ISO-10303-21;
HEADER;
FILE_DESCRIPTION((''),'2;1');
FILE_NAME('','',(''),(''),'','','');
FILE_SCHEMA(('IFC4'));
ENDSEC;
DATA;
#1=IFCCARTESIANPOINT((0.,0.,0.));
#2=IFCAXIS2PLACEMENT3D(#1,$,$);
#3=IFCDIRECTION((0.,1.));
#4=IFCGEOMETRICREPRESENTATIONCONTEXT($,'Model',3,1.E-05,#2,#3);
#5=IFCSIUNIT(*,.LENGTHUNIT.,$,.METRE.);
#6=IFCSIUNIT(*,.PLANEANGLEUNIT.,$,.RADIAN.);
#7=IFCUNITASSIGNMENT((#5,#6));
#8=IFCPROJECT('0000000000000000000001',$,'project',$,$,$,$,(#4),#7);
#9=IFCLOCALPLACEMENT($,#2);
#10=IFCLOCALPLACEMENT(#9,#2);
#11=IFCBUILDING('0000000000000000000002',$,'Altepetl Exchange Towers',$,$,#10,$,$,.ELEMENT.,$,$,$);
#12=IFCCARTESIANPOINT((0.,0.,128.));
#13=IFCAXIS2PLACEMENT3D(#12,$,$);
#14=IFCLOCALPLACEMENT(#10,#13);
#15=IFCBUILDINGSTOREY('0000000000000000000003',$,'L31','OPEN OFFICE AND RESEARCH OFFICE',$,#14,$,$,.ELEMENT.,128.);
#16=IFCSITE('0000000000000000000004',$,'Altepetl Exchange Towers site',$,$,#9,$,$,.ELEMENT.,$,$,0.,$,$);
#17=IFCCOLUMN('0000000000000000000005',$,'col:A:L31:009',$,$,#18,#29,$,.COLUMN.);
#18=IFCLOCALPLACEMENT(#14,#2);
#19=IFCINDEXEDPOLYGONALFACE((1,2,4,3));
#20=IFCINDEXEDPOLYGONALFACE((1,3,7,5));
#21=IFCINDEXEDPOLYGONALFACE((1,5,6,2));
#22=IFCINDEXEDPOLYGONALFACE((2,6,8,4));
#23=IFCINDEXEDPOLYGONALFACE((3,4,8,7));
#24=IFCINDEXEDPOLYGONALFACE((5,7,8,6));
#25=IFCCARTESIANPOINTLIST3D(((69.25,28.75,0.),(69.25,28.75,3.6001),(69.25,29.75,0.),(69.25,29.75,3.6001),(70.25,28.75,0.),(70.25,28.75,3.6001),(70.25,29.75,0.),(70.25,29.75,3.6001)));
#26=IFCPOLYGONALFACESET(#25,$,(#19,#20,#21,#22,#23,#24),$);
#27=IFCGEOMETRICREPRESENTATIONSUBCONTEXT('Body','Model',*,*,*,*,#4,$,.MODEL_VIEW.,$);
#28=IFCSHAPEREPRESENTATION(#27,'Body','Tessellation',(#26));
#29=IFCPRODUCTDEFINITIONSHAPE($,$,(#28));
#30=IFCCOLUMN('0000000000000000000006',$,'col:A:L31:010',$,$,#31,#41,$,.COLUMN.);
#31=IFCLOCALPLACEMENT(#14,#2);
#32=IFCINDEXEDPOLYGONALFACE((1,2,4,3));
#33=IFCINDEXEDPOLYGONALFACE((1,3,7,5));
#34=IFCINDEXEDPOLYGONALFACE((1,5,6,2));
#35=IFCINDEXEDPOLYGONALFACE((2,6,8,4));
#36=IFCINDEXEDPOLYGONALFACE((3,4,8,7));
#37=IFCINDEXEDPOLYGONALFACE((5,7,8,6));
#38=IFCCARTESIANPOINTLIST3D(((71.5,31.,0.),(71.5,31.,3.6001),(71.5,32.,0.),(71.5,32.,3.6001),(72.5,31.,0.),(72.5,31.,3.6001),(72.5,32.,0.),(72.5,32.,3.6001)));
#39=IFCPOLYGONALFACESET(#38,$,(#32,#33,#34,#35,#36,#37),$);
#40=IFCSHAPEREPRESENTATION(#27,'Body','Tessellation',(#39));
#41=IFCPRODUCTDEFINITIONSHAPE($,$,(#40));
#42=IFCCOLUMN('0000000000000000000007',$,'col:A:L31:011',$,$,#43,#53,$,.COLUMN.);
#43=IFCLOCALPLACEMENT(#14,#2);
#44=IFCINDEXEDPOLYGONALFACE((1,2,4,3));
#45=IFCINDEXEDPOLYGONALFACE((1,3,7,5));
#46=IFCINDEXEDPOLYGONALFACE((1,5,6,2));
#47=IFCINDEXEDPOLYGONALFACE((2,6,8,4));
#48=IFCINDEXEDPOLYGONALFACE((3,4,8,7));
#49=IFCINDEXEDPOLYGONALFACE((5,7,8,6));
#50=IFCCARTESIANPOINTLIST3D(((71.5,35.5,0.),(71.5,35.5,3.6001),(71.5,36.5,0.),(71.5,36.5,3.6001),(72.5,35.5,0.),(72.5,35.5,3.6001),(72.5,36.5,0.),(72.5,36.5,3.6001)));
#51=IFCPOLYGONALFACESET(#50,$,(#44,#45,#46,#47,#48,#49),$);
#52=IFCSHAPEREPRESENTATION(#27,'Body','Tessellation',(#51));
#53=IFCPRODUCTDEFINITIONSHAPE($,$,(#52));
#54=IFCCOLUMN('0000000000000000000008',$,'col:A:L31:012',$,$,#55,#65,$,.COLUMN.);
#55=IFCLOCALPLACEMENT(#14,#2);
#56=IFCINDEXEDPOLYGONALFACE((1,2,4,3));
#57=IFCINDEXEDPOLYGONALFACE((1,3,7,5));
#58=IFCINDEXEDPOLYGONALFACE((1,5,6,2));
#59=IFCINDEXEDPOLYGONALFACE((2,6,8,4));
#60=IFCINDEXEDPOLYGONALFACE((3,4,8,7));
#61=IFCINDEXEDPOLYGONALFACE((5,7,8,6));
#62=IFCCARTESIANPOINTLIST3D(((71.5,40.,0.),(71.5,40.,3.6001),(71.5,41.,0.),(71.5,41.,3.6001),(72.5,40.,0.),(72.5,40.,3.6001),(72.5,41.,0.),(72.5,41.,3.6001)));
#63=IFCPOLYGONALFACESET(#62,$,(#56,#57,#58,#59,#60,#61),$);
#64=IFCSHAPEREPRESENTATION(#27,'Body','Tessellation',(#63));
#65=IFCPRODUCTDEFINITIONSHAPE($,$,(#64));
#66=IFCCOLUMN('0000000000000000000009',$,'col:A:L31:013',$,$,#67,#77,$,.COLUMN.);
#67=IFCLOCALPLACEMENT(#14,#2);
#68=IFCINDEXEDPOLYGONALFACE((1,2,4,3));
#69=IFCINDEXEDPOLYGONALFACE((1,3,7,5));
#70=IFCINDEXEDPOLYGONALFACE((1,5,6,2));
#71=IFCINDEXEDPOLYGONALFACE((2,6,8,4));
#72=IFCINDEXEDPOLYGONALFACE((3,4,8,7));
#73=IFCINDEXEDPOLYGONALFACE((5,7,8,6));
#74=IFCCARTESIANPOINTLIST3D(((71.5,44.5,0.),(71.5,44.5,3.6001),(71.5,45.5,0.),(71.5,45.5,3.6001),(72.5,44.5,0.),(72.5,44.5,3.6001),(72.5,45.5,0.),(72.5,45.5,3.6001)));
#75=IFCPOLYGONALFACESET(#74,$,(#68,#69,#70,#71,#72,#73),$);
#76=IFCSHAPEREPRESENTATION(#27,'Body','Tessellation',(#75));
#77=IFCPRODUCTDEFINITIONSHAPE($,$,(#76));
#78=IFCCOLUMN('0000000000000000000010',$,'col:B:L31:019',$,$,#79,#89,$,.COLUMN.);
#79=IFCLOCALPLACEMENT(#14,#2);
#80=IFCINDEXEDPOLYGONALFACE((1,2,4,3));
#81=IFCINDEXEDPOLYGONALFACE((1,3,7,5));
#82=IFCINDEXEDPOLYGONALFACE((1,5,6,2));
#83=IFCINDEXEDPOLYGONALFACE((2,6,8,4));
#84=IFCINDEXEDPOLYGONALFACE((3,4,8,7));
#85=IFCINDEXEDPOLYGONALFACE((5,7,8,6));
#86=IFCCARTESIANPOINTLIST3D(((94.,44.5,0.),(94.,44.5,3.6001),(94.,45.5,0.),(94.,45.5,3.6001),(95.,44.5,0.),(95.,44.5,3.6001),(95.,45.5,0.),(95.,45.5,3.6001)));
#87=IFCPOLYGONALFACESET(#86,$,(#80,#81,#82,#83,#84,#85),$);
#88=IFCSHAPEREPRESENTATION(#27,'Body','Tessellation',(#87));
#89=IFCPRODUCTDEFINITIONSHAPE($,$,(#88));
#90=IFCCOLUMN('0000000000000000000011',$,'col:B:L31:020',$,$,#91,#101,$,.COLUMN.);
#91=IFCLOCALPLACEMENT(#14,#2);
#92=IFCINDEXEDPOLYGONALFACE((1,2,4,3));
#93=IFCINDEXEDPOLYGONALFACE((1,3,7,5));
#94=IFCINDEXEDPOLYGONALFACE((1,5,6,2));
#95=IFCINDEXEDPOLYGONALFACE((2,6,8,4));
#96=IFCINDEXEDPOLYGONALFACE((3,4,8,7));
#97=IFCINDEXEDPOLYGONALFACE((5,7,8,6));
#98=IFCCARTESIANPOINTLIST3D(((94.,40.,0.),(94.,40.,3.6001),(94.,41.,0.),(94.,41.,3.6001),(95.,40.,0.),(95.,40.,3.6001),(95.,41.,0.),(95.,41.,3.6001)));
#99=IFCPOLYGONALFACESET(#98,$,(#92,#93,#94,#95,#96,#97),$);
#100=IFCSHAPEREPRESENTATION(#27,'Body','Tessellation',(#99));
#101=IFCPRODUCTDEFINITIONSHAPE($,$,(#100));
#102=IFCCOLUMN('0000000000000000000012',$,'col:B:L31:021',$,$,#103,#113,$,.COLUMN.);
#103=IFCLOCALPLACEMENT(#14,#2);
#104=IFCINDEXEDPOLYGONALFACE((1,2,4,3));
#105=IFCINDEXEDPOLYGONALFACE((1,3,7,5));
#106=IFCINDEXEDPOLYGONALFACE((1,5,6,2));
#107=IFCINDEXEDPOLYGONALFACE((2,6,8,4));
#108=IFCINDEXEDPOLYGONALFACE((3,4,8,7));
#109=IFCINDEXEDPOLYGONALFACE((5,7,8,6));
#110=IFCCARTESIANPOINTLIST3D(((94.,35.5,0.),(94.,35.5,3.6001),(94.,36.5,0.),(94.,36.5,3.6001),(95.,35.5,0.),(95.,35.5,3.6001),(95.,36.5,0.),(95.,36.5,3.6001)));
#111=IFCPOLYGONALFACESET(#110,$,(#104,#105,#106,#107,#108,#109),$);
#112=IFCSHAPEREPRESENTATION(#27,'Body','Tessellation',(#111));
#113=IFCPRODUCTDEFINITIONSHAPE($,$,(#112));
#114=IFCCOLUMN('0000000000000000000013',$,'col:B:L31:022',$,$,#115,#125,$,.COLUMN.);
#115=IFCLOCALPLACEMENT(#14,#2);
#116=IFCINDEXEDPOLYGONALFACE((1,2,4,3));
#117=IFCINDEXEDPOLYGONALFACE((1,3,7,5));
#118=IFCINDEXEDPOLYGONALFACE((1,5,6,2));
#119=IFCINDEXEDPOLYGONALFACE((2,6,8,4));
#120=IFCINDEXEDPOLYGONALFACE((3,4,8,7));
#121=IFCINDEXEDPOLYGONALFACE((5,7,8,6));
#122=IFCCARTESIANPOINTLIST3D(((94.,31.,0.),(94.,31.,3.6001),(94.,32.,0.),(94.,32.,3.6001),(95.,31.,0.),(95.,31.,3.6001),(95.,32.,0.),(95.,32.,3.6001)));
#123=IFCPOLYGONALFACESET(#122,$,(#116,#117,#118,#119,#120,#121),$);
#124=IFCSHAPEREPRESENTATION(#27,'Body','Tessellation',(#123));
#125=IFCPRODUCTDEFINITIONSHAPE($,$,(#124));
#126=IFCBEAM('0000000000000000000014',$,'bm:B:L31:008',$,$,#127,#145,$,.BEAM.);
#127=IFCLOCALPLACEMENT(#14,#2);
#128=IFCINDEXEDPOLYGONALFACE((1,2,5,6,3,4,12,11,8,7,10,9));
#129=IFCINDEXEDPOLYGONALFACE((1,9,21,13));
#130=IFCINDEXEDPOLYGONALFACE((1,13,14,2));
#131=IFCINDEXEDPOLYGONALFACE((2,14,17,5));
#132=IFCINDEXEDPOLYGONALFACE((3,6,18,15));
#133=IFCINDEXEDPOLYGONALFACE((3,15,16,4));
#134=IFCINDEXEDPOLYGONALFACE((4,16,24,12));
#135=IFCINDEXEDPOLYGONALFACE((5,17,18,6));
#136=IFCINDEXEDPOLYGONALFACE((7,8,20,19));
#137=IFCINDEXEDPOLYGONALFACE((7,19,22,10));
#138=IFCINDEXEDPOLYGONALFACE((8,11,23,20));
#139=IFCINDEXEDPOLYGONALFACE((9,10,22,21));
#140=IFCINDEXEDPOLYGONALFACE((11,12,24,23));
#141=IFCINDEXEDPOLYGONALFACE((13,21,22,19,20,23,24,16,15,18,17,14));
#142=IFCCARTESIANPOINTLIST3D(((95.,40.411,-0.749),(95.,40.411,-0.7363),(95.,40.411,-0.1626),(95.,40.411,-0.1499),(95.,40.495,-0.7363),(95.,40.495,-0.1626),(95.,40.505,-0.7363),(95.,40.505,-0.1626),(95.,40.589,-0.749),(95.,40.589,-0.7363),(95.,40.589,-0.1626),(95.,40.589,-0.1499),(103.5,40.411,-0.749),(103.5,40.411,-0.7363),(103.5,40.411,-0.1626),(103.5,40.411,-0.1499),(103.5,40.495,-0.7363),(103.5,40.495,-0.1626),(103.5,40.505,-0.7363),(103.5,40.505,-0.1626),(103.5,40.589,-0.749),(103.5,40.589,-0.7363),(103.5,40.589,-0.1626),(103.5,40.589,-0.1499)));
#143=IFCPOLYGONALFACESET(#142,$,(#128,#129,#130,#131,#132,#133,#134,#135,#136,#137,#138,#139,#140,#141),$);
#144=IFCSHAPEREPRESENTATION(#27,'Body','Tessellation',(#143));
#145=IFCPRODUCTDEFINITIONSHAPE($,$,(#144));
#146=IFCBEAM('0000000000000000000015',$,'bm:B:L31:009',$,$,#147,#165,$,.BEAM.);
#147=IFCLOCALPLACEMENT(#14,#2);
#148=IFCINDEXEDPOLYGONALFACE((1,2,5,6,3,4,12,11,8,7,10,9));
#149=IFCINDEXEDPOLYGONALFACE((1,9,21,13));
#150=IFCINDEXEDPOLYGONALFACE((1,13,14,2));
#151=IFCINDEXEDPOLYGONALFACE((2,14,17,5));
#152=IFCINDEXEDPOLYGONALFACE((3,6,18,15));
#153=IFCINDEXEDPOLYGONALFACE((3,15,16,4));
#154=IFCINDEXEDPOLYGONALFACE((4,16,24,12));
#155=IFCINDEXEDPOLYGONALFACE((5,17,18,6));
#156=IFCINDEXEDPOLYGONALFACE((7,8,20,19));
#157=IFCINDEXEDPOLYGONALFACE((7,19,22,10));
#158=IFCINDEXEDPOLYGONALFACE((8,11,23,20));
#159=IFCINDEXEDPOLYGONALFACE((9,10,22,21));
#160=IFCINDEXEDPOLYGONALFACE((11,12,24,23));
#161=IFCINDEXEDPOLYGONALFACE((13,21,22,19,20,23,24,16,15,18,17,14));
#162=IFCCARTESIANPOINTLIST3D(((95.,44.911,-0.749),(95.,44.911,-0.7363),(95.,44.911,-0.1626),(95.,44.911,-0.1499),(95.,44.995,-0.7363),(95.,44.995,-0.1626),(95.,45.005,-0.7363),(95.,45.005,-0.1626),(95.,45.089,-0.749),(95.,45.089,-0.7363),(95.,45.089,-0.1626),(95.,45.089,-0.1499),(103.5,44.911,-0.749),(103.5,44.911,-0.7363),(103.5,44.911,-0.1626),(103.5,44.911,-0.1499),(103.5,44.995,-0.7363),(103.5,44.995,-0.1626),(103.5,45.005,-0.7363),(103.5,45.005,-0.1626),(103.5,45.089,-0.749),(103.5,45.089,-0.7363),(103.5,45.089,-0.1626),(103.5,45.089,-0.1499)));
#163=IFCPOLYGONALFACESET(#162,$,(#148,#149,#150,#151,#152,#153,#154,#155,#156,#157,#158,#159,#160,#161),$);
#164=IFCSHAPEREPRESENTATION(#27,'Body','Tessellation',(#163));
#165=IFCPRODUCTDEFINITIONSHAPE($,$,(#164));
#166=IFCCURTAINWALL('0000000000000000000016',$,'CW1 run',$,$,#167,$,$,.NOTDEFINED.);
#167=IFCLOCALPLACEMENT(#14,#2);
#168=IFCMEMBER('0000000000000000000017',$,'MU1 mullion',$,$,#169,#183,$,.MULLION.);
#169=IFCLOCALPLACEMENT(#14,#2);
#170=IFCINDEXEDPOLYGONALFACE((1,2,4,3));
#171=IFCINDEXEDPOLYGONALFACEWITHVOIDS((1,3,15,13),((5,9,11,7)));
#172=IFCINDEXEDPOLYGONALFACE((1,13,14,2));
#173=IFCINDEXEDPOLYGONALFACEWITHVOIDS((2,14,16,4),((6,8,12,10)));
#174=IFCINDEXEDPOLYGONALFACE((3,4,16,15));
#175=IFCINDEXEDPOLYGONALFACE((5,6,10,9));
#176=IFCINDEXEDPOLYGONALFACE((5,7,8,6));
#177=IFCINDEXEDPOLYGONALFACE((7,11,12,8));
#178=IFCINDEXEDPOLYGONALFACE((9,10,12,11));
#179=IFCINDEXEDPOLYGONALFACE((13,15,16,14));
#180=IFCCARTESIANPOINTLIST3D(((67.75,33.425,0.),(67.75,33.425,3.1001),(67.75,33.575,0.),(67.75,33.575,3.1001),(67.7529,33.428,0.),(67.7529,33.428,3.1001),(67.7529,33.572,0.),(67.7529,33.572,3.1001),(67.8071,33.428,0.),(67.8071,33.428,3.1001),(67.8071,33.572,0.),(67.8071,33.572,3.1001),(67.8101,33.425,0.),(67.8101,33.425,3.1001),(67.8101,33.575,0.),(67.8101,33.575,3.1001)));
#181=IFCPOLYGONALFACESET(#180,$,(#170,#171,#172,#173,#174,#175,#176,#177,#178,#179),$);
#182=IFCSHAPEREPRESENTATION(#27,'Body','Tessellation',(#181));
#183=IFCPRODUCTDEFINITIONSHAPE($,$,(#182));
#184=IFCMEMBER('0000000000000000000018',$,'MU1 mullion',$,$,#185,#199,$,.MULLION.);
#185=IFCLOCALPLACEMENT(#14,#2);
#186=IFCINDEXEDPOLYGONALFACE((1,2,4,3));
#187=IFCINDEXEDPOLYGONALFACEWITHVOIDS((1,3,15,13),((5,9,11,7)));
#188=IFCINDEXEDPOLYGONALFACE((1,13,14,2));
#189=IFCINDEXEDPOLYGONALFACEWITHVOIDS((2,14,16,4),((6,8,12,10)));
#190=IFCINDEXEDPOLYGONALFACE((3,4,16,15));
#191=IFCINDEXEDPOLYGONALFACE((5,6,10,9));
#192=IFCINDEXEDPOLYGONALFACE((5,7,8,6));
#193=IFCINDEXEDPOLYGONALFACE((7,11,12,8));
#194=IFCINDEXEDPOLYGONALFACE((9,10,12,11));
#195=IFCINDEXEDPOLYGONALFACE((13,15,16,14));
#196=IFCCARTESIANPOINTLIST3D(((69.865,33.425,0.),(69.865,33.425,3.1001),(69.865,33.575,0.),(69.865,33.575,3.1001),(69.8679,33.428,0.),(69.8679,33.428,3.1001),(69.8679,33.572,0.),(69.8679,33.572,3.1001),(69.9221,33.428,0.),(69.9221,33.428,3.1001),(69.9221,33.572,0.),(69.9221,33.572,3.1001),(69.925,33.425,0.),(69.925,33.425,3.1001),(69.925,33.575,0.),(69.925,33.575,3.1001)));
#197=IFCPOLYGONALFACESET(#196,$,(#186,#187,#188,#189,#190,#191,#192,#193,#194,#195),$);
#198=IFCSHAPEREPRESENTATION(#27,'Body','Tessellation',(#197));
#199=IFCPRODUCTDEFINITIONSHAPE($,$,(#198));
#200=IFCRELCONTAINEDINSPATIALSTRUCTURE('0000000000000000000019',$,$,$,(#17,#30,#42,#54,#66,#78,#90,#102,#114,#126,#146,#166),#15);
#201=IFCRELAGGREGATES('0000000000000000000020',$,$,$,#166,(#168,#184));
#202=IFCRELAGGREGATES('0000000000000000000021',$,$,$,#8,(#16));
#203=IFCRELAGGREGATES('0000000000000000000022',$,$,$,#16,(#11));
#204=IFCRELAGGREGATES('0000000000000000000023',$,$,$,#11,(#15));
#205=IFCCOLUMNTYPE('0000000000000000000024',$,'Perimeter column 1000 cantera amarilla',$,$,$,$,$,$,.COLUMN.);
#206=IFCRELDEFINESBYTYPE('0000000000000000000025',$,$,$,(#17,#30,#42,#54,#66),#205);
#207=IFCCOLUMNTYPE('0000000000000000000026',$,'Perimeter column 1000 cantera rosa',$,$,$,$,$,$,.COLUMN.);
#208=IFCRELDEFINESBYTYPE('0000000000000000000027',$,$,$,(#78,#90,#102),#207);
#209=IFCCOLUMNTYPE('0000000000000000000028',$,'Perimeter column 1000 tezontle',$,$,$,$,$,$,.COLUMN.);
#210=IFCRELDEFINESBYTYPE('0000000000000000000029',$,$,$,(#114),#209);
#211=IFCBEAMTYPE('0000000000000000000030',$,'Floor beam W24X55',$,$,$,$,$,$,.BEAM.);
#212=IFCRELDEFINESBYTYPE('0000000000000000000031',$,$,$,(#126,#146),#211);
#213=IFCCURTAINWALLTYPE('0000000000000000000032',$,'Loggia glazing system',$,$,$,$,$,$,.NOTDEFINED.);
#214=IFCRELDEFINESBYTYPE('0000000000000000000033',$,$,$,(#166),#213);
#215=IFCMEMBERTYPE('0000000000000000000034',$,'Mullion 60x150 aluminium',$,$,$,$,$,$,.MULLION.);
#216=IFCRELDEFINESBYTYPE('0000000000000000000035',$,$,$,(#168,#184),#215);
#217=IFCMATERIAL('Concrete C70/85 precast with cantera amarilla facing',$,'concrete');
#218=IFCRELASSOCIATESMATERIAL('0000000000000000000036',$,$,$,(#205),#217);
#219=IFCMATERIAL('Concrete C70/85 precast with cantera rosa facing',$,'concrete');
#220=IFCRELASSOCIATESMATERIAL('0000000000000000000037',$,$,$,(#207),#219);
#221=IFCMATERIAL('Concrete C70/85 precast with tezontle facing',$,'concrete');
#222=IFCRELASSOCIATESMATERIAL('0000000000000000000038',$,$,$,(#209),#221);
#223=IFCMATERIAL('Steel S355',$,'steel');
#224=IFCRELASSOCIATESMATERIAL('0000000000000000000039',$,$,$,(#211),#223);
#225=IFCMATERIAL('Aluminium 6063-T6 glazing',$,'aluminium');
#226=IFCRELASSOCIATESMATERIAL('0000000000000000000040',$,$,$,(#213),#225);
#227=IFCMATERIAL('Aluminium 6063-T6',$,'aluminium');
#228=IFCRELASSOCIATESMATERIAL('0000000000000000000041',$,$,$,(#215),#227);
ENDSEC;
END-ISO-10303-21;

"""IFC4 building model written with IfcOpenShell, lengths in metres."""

from ifc_helpers import new_model, si_unit, direction, frame, origin, origin_2d, place, context, subcontext, project, spatial, rectangle, hollow_rectangle, i_section, extrude, material, material_profile, profile_set, type_object, element, aggregate, save


model = new_model("IFC4")

# Units and contexts
model_context = context("Model", 3, precision=1e-05, world=origin(), true_north=direction((0.0, 1.0)))
body_context = subcontext(model_context, "Body", "Model", "MODEL_VIEW")
ifc_project = project(units=[si_unit("LENGTHUNIT", "METRE"), si_unit("PLANEANGLEUNIT", "RADIAN")], contexts=[model_context])

# Site, building, storey
site_placement = place(None, origin())
site = spatial("IfcSite", under=ifc_project, at=site_placement, Name="Altepetl Exchange Towers site", CompositionType="ELEMENT", RefElevation=0.0)
building_placement = place(site_placement, origin())
building = spatial("IfcBuilding", under=site, at=building_placement, Name="Altepetl Exchange Towers", CompositionType="ELEMENT")
storey_placement = place(building_placement, frame((0.0, 0.0, 128.0)))
storey = spatial("IfcBuildingStorey", under=building, at=storey_placement, Name="L31", Description="OPEN OFFICE AND RESEARCH OFFICE", CompositionType="ELEMENT", Elevation=128.0)

# Columns
ifc_material_1 = material(Name="Concrete C70/85 precast with cantera amarilla facing", Category="concrete")
ifc_material_profile_1 = material_profile(ifc_material_1, rectangle(XDim=1.0, YDim=1.0, at=origin_2d()), Name="1000 x 1000")
ifc_profile_set_1 = profile_set([ifc_material_profile_1], Name="Concrete C70/85 precast with cantera amarilla facing")
column_type_1 = type_object("IfcColumnType", Name="Perimeter column 1000 cantera amarilla", PredefinedType="COLUMN", material=ifc_profile_set_1)
for number, where, name in (
    (1, (69.75, 29.25, 0.0), "col:A:L31:009"),
    (2, (72.0, 31.5, 0.0), "col:A:L31:010"),
    (3, (72.0, 36.0, 0.0), "col:A:L31:011"),
    (4, (72.0, 40.5, 0.0), "col:A:L31:012"),
    (5, (72.0, 45.0, 0.0), "col:A:L31:013"),
):
    element("IfcColumn", number, at=place(storey_placement, frame(where)), inside=storey, type_object=column_type_1, Name=name, PredefinedType="COLUMN", context=body_context, shape_type="SweptSolid", body=[
        extrude(rectangle(XDim=1.0, YDim=1.0, at=origin_2d()), origin(), (0.0, 0.0, 1.0), 3.6001),
    ])
ifc_material_2 = material(Name="Concrete C70/85 precast with cantera rosa facing", Category="concrete")
ifc_material_profile_2 = material_profile(ifc_material_2, rectangle(XDim=1.0, YDim=1.0, at=origin_2d()), Name="1000 x 1000")
ifc_profile_set_2 = profile_set([ifc_material_profile_2], Name="Concrete C70/85 precast with cantera rosa facing")
column_type_2 = type_object("IfcColumnType", Name="Perimeter column 1000 cantera rosa", PredefinedType="COLUMN", material=ifc_profile_set_2)
for number, where, name in (
    (6, (94.5, 45.0, 0.0), "col:B:L31:019"),
    (7, (94.5, 40.5, 0.0), "col:B:L31:020"),
    (8, (94.5, 36.0, 0.0), "col:B:L31:021"),
):
    element("IfcColumn", number, at=place(storey_placement, frame(where)), inside=storey, type_object=column_type_2, Name=name, PredefinedType="COLUMN", context=body_context, shape_type="SweptSolid", body=[
        extrude(rectangle(XDim=1.0, YDim=1.0, at=origin_2d()), origin(), (0.0, 0.0, 1.0), 3.6001),
    ])
ifc_material_3 = material(Name="Concrete C70/85 precast with tezontle facing", Category="concrete")
ifc_material_profile_3 = material_profile(ifc_material_3, rectangle(XDim=1.0, YDim=1.0, at=origin_2d()), Name="1000 x 1000")
ifc_profile_set_3 = profile_set([ifc_material_profile_3], Name="Concrete C70/85 precast with tezontle facing")
column_type_3 = type_object("IfcColumnType", Name="Perimeter column 1000 tezontle", PredefinedType="COLUMN", material=ifc_profile_set_3)
column_placement = place(storey_placement, frame((94.5, 31.5, 0.0)))
element("IfcColumn", 9, at=column_placement, inside=storey, type_object=column_type_3, Name="col:B:L31:022", PredefinedType="COLUMN", context=body_context, shape_type="SweptSolid", body=[
    extrude(rectangle(XDim=1.0, YDim=1.0, at=origin_2d()), origin(), (0.0, 0.0, 1.0), 3.6001),
])

# Beams
ifc_material_4 = material(Name="Steel S355", Category="steel")
ifc_material_profile_4 = material_profile(ifc_material_4, i_section(OverallWidth=0.178, OverallDepth=0.5991, WebThickness=0.01, FlangeThickness=0.0127, at=origin_2d()), Name="W24X55")
ifc_profile_set_4 = profile_set([ifc_material_profile_4], Name="Steel S355")
beam_type_1 = type_object("IfcBeamType", Name="Floor beam W24X55", PredefinedType="BEAM", material=ifc_profile_set_4)
for number, where, z_axis, x_axis, name in (
    (10, (95.0, 40.5, -0.4495), (1.0, 0.0, 0.0), (0.0, 1.0, 0.0), "bm:B:L31:008"),
    (11, (95.0, 45.0, -0.4495), (1.0, 0.0, 0.0), (0.0, 1.0, 0.0), "bm:B:L31:009"),
):
    element("IfcBeam", number, at=place(storey_placement, frame(where, z_axis=z_axis, x_axis=x_axis)), inside=storey, type_object=beam_type_1, Name=name, PredefinedType="BEAM", context=body_context, shape_type="SweptSolid", body=[
        extrude(i_section(OverallWidth=0.178, OverallDepth=0.5991, WebThickness=0.01, FlangeThickness=0.0127, at=origin_2d()), origin(), (0.0, 0.0, 1.0), 8.5),
    ])

# Curtain wall, members
ifc_material_5 = material(Name="Aluminium 6063-T6 glazing", Category="aluminium")
curtain_wall_type = type_object("IfcCurtainWallType", Name="Loggia glazing system", PredefinedType="NOTDEFINED", material=ifc_material_5)
curtain_wall_1_placement = place(storey_placement, origin())
curtain_wall_1 = element("IfcCurtainWall", 12, at=curtain_wall_1_placement, inside=storey, type_object=curtain_wall_type, Name="CW1 run", PredefinedType="NOTDEFINED")
ifc_material_6 = material(Name="Aluminium 6063-T6", Category="aluminium")
ifc_material_profile_5 = material_profile(ifc_material_6, hollow_rectangle(XDim=0.0601, YDim=0.1499, WallThickness=0.0029, at=origin_2d()), Name="Mullion 60x150 aluminium")
ifc_profile_set_5 = profile_set([ifc_material_profile_5], Name="Aluminium 6063-T6")
member_type = type_object("IfcMemberType", Name="Mullion 60x150 aluminium", PredefinedType="MULLION", material=ifc_profile_set_5)
member_1_placement = place(storey_placement, frame((67.78, 33.5, 0.0)))
member_1 = element("IfcMember", 13, at=member_1_placement, type_object=member_type, Name="MU1 mullion", PredefinedType="MULLION", context=body_context, shape_type="SweptSolid", body=[
    extrude(hollow_rectangle(XDim=0.0601, YDim=0.1499, WallThickness=0.0029, at=origin_2d()), origin(), (0.0, 0.0, 1.0), 3.1001),
])
member_2_placement = place(storey_placement, frame((69.895, 33.5, 0.0)))
member_2 = element("IfcMember", 14, at=member_2_placement, type_object=member_type, Name="MU1 mullion", PredefinedType="MULLION", context=body_context, shape_type="SweptSolid", body=[
    extrude(hollow_rectangle(XDim=0.0601, YDim=0.1499, WallThickness=0.0029, at=origin_2d()), origin(), (0.0, 0.0, 1.0), 3.1001),
])

aggregate(curtain_wall_1, [member_1, member_2])

save(model, "model.ifc")
